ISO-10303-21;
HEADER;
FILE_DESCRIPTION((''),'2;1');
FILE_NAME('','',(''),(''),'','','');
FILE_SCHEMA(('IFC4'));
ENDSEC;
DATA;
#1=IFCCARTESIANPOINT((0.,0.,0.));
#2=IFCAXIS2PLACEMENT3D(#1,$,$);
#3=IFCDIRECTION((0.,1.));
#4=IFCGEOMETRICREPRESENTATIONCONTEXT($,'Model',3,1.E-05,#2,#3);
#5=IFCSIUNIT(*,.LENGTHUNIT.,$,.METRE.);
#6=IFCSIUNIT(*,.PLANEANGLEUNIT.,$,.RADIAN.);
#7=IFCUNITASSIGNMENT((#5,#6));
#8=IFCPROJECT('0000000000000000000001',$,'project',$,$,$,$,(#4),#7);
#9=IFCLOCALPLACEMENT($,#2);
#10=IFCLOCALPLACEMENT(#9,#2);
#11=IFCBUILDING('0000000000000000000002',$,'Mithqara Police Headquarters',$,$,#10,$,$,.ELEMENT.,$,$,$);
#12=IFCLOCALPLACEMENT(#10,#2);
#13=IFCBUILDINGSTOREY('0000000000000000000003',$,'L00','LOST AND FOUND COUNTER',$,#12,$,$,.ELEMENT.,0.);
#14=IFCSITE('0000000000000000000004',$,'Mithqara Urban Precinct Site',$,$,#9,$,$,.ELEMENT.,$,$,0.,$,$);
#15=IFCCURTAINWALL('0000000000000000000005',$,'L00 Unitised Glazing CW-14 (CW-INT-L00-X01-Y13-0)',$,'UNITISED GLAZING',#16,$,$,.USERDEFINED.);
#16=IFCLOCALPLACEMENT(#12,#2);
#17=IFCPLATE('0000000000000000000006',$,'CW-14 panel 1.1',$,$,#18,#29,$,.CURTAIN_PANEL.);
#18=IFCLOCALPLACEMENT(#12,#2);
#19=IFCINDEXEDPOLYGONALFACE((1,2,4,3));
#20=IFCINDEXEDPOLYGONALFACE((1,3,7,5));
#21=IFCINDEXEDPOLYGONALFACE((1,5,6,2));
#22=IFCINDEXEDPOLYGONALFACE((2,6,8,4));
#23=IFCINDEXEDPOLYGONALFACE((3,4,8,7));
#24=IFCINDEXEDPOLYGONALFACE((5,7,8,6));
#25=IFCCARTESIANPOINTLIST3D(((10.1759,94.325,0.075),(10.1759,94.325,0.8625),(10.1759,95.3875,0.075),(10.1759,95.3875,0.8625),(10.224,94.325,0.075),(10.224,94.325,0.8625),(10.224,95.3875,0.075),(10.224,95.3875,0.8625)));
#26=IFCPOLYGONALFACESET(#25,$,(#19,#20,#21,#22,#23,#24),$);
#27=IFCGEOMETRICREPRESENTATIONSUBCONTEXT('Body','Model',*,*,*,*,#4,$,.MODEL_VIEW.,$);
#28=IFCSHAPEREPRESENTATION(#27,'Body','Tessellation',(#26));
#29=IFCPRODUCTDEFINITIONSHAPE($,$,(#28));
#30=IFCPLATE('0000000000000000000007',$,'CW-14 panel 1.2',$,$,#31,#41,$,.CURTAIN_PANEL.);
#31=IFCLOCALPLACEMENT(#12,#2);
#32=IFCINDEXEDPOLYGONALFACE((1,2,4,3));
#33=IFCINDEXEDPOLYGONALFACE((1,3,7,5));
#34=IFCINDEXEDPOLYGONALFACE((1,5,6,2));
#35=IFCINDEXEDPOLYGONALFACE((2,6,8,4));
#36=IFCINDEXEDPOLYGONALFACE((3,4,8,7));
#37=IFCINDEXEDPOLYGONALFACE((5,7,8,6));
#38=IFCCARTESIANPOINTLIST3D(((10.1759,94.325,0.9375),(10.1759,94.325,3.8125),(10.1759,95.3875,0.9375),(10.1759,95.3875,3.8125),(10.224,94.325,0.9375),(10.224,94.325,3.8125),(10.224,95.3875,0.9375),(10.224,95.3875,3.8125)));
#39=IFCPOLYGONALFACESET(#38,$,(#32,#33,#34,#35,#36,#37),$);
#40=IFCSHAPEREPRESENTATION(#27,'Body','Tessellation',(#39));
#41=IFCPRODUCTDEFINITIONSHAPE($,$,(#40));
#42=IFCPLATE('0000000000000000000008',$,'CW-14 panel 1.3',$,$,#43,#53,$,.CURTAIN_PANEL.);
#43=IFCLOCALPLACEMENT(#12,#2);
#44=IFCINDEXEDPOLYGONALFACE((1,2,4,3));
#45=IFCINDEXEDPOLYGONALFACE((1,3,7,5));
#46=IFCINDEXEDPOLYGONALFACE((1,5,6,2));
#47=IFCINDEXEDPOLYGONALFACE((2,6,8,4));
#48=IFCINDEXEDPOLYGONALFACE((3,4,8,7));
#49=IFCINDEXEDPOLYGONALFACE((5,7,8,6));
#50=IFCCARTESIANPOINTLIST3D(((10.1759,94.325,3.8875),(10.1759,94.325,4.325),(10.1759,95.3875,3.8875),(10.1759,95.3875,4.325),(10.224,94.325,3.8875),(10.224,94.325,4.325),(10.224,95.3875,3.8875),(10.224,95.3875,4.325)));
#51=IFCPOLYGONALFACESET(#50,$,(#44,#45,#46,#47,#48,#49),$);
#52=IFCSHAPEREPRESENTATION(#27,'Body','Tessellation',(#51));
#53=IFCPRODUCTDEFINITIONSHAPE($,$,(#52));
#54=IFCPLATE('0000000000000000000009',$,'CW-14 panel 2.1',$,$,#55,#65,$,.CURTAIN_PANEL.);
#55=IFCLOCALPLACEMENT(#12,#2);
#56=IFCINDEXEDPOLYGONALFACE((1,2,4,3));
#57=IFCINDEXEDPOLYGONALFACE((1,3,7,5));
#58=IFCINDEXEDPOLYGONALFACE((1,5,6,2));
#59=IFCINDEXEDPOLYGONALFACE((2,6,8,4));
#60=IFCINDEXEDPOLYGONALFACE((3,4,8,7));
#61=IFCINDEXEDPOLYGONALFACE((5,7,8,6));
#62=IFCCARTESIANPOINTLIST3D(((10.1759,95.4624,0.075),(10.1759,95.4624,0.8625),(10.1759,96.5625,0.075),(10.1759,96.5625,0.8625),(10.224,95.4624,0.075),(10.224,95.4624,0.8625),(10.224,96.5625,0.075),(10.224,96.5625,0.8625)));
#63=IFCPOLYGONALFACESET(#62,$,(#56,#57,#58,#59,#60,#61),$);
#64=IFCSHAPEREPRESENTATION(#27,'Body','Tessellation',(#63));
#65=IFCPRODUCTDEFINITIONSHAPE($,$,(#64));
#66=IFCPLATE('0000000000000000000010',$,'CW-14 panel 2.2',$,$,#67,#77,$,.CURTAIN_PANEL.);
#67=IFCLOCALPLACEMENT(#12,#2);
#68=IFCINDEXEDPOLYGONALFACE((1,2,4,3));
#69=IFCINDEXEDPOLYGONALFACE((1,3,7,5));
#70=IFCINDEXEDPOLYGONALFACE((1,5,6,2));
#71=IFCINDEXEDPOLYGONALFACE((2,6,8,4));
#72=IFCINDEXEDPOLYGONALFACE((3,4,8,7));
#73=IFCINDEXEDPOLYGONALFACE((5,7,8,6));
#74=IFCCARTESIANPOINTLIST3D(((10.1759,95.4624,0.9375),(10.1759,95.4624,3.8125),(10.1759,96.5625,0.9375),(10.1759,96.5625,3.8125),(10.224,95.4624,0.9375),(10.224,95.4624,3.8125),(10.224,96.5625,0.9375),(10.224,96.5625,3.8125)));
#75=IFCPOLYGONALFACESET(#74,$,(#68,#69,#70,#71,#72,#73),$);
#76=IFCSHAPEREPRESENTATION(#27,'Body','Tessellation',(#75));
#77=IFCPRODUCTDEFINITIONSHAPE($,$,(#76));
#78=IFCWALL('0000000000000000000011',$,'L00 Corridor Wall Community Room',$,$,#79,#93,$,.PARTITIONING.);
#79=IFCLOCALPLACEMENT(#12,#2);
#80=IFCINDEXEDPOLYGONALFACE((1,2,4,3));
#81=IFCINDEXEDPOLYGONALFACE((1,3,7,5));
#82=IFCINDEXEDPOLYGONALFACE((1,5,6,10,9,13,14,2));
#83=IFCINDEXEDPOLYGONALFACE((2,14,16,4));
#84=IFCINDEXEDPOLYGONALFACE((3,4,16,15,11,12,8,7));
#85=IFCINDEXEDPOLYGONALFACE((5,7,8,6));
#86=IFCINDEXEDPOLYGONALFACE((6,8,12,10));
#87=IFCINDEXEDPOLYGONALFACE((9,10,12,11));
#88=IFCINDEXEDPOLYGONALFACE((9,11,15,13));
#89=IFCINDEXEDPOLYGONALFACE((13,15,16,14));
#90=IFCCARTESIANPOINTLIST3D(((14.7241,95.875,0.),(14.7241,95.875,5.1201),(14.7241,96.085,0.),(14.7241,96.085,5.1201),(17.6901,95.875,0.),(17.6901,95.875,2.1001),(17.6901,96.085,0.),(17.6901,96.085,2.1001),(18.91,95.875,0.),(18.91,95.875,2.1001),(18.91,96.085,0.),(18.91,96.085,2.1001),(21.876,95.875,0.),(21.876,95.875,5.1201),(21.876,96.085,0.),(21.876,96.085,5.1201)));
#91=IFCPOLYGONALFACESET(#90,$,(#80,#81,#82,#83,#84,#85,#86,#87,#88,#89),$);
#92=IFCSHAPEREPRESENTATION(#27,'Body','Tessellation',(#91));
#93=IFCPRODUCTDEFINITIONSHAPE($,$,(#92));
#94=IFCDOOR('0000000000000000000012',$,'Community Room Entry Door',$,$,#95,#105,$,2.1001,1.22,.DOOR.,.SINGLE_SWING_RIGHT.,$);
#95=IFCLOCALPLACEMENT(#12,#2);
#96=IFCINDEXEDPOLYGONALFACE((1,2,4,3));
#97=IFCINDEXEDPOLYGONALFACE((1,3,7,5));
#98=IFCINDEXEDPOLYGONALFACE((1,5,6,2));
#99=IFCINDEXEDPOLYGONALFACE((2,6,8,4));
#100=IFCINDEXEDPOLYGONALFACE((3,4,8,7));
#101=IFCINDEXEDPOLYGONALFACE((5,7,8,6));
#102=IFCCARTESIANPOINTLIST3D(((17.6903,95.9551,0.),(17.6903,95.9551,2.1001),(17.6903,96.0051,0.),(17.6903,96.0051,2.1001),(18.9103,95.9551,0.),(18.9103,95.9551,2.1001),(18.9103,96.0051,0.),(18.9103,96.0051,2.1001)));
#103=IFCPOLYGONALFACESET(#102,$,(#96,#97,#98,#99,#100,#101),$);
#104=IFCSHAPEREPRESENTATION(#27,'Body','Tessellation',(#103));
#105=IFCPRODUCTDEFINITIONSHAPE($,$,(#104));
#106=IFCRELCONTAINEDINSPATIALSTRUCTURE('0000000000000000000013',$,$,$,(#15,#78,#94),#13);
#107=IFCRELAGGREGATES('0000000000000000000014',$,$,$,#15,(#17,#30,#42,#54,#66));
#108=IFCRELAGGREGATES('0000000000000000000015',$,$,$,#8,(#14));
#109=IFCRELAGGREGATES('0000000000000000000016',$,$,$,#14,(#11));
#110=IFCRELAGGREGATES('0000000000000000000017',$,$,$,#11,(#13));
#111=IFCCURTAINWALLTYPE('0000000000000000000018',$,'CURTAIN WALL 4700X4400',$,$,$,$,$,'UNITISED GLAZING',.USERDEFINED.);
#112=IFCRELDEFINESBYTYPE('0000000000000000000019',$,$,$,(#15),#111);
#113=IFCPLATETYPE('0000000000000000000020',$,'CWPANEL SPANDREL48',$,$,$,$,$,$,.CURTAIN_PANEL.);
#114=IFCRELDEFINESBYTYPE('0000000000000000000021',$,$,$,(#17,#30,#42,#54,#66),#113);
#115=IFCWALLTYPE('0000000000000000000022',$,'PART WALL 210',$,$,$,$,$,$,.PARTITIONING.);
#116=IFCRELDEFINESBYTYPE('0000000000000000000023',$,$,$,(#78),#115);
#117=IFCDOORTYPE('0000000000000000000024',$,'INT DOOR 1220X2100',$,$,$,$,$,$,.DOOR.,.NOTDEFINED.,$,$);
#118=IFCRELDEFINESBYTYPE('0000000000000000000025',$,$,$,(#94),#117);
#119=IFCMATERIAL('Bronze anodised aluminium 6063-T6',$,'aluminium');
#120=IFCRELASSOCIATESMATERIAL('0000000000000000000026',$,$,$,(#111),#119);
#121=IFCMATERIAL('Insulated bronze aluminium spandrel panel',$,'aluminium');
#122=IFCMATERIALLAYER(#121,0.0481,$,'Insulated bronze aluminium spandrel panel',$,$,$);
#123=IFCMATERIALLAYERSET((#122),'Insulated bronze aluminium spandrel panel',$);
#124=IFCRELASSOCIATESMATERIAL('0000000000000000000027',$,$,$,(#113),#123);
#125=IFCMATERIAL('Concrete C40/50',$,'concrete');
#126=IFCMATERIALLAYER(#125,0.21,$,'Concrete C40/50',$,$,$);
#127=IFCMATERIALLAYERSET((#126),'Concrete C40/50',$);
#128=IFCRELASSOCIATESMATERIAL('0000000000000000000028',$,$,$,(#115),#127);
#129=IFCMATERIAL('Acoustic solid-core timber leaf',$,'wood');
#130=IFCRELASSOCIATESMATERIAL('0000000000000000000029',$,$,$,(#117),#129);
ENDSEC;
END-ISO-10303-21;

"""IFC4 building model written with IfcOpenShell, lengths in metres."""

from ifc_helpers import new_model, si_unit, direction, frame, frame_2d, origin, origin_2d, place, context, subcontext, project, spatial, rectangle, extrude, material, layer, layer_set, type_object, element, fill, aggregate, save


model = new_model("IFC4")

# Units and contexts
model_context = context("Model", 3, precision=1e-05, world=origin(), true_north=direction((0.0, 1.0)))
body_context = subcontext(model_context, "Body", "Model", "MODEL_VIEW")
ifc_project = project(units=[si_unit("LENGTHUNIT", "METRE"), si_unit("PLANEANGLEUNIT", "RADIAN")], contexts=[model_context])

# Site, building, storey
site_placement = place(None, origin())
site = spatial("IfcSite", under=ifc_project, at=site_placement, Name="Mithqara Urban Precinct Site", CompositionType="ELEMENT", RefElevation=0.0)
building_placement = place(site_placement, origin())
building = spatial("IfcBuilding", under=site, at=building_placement, Name="Mithqara Police Headquarters", CompositionType="ELEMENT")
storey_placement = place(building_placement, origin())
storey = spatial("IfcBuildingStorey", under=building, at=storey_placement, Name="L00", Description="LOST AND FOUND COUNTER", CompositionType="ELEMENT", Elevation=0.0)

# Shared definitions
ifc_material_1 = material(Name="Concrete C40/50", Category="concrete")

# Curtain wall
ifc_material_2 = material(Name="Bronze anodised aluminium 6063-T6", Category="aluminium")
curtain_wall_type = type_object("IfcCurtainWallType", Name="CURTAIN WALL 4700X4400", ElementType="UNITISED GLAZING", PredefinedType="USERDEFINED", material=ifc_material_2)
curtain_wall_1_placement = place(storey_placement, origin())
curtain_wall_1 = element("IfcCurtainWall", 1, at=curtain_wall_1_placement, inside=storey, type_object=curtain_wall_type, Name="L00 Unitised Glazing CW-14 (CW-INT-L00-X01-Y13-0)", ObjectType="UNITISED GLAZING", PredefinedType="USERDEFINED")

# Plates
ifc_material_3 = material(Name="Insulated bronze aluminium spandrel panel", Category="aluminium")
ifc_layer_1 = layer(ifc_material_3, 0.0481, Name="Insulated bronze aluminium spandrel panel")
ifc_layer_set_1 = layer_set([ifc_layer_1], Name="Insulated bronze aluminium spandrel panel")
plate_type_1 = type_object("IfcPlateType", Name="CWPANEL SPANDREL48", PredefinedType="CURTAIN_PANEL", material=ifc_layer_set_1)
plate_1_placement = place(storey_placement, frame((10.2, 94.8562, 0.075), z_axis=(0.0, 0.0, 1.0), x_axis=(0.0, 1.0, 0.0)))
plate_1 = element("IfcPlate", 2, at=plate_1_placement, type_object=plate_type_1, Name="CW-14 panel 1.1", PredefinedType="CURTAIN_PANEL", context=body_context, shape_type="SweptSolid", body=[
    extrude(rectangle(XDim=1.0625, YDim=0.0481, at=origin_2d()), origin(), (0.0, 0.0, 1.0), 0.7876),
])
plate_2_placement = place(storey_placement, frame((10.2, 94.8562, 0.9375), z_axis=(0.0, 0.0, 1.0), x_axis=(0.0, 1.0, 0.0)))
plate_2 = element("IfcPlate", 3, at=plate_2_placement, type_object=plate_type_1, Name="CW-14 panel 1.2", PredefinedType="CURTAIN_PANEL", context=body_context, shape_type="SweptSolid", body=[
    extrude(rectangle(XDim=1.0625, YDim=0.0481, at=origin_2d()), origin(), (0.0, 0.0, 1.0), 2.875),
])
plate_3_placement = place(storey_placement, frame((10.2, 94.8562, 3.8875), z_axis=(0.0, 0.0, 1.0), x_axis=(0.0, 1.0, 0.0)))
plate_3 = element("IfcPlate", 4, at=plate_3_placement, type_object=plate_type_1, Name="CW-14 panel 1.3", PredefinedType="CURTAIN_PANEL", context=body_context, shape_type="SweptSolid", body=[
    extrude(rectangle(XDim=1.0625, YDim=0.0481, at=origin_2d()), origin(), (0.0, 0.0, 1.0), 0.4375),
])
plate_4_placement = place(storey_placement, frame((10.2, 96.0125, 0.075), z_axis=(0.0, 0.0, 1.0), x_axis=(0.0, 1.0, 0.0)))
plate_4 = element("IfcPlate", 5, at=plate_4_placement, type_object=plate_type_1, Name="CW-14 panel 2.1", PredefinedType="CURTAIN_PANEL", context=body_context, shape_type="SweptSolid", body=[
    extrude(rectangle(XDim=1.1001, YDim=0.0481, at=origin_2d()), origin(), (0.0, 0.0, 1.0), 0.7876),
])
plate_5_placement = place(storey_placement, frame((10.2, 96.0125, 0.9375), z_axis=(0.0, 0.0, 1.0), x_axis=(0.0, 1.0, 0.0)))
plate_5 = element("IfcPlate", 6, at=plate_5_placement, type_object=plate_type_1, Name="CW-14 panel 2.2", PredefinedType="CURTAIN_PANEL", context=body_context, shape_type="SweptSolid", body=[
    extrude(rectangle(XDim=1.1001, YDim=0.0481, at=origin_2d()), origin(), (0.0, 0.0, 1.0), 2.875),
])
aggregate(curtain_wall_1, [plate_1, plate_2, plate_3, plate_4, plate_5])

# Wall, opening, door
ifc_layer_2 = layer(ifc_material_1, 0.21, Name="Concrete C40/50")
ifc_layer_set_2 = layer_set([ifc_layer_2], Name="Concrete C40/50")
wall_type = type_object("IfcWallType", Name="PART WALL 210", PredefinedType="PARTITIONING", material=ifc_layer_set_2)
wall_placement = place(storey_placement, frame((14.7241, 95.98, 0.0), z_axis=(0.0, 0.0, 1.0), x_axis=(1.0, 0.0, 0.0)))
wall = element("IfcWall", 7, at=wall_placement, inside=storey, type_object=wall_type, Name="L00 Corridor Wall Community Room", PredefinedType="PARTITIONING", context=body_context, shape_type="SweptSolid", body=[
    extrude(rectangle(XDim=7.1519, YDim=0.21, at=frame_2d((3.5759, 0.0))), origin(), (0.0, 0.0, 1.0), 5.1201),
])
opening_placement = place(wall_placement, frame((2.9661, 0.0, 0.0)))
opening = element("IfcOpeningElement", 8, at=opening_placement, cuts=wall, PredefinedType="OPENING", context=body_context, shape_type="SweptSolid", body=[
    extrude(rectangle(XDim=1.22, YDim=2.1001, at=frame_2d((0.6099, 1.05))), frame((0.0, 0.115, 0.0), z_axis=(0.0, -1.0, 0.0), x_axis=(1.0, 0.0, 0.0)), (0.0, 0.0, 1.0), 0.23),
])
ifc_material_4 = material(Name="Acoustic solid-core timber leaf", Category="wood")
door_type = type_object("IfcDoorType", Name="INT DOOR 1220X2100", OperationType="NOTDEFINED", PredefinedType="DOOR", material=ifc_material_4)
door_placement = place(opening_placement, frame((1.22, 0.0, 0.0), z_axis=(0.0, 0.0, 1.0), x_axis=(-1.0, 0.0, 0.0)))
door = element("IfcDoor", 9, at=door_placement, inside=storey, type_object=door_type, Name="Community Room Entry Door", OperationType="SINGLE_SWING_RIGHT", OverallHeight=2.1001, OverallWidth=1.22, PredefinedType="DOOR", context=body_context, shape_type="SweptSolid", body=[
    extrude(rectangle(XDim=1.22, YDim=2.1001, at=frame_2d((0.6099, 1.05))), frame((0.0, 0.0249, 0.0), z_axis=(0.0, -1.0, 0.0), x_axis=(1.0, 0.0, 0.0)), (0.0, 0.0, 1.0), 0.05),
])
fill(opening, door)

save(model, "model.ifc")
